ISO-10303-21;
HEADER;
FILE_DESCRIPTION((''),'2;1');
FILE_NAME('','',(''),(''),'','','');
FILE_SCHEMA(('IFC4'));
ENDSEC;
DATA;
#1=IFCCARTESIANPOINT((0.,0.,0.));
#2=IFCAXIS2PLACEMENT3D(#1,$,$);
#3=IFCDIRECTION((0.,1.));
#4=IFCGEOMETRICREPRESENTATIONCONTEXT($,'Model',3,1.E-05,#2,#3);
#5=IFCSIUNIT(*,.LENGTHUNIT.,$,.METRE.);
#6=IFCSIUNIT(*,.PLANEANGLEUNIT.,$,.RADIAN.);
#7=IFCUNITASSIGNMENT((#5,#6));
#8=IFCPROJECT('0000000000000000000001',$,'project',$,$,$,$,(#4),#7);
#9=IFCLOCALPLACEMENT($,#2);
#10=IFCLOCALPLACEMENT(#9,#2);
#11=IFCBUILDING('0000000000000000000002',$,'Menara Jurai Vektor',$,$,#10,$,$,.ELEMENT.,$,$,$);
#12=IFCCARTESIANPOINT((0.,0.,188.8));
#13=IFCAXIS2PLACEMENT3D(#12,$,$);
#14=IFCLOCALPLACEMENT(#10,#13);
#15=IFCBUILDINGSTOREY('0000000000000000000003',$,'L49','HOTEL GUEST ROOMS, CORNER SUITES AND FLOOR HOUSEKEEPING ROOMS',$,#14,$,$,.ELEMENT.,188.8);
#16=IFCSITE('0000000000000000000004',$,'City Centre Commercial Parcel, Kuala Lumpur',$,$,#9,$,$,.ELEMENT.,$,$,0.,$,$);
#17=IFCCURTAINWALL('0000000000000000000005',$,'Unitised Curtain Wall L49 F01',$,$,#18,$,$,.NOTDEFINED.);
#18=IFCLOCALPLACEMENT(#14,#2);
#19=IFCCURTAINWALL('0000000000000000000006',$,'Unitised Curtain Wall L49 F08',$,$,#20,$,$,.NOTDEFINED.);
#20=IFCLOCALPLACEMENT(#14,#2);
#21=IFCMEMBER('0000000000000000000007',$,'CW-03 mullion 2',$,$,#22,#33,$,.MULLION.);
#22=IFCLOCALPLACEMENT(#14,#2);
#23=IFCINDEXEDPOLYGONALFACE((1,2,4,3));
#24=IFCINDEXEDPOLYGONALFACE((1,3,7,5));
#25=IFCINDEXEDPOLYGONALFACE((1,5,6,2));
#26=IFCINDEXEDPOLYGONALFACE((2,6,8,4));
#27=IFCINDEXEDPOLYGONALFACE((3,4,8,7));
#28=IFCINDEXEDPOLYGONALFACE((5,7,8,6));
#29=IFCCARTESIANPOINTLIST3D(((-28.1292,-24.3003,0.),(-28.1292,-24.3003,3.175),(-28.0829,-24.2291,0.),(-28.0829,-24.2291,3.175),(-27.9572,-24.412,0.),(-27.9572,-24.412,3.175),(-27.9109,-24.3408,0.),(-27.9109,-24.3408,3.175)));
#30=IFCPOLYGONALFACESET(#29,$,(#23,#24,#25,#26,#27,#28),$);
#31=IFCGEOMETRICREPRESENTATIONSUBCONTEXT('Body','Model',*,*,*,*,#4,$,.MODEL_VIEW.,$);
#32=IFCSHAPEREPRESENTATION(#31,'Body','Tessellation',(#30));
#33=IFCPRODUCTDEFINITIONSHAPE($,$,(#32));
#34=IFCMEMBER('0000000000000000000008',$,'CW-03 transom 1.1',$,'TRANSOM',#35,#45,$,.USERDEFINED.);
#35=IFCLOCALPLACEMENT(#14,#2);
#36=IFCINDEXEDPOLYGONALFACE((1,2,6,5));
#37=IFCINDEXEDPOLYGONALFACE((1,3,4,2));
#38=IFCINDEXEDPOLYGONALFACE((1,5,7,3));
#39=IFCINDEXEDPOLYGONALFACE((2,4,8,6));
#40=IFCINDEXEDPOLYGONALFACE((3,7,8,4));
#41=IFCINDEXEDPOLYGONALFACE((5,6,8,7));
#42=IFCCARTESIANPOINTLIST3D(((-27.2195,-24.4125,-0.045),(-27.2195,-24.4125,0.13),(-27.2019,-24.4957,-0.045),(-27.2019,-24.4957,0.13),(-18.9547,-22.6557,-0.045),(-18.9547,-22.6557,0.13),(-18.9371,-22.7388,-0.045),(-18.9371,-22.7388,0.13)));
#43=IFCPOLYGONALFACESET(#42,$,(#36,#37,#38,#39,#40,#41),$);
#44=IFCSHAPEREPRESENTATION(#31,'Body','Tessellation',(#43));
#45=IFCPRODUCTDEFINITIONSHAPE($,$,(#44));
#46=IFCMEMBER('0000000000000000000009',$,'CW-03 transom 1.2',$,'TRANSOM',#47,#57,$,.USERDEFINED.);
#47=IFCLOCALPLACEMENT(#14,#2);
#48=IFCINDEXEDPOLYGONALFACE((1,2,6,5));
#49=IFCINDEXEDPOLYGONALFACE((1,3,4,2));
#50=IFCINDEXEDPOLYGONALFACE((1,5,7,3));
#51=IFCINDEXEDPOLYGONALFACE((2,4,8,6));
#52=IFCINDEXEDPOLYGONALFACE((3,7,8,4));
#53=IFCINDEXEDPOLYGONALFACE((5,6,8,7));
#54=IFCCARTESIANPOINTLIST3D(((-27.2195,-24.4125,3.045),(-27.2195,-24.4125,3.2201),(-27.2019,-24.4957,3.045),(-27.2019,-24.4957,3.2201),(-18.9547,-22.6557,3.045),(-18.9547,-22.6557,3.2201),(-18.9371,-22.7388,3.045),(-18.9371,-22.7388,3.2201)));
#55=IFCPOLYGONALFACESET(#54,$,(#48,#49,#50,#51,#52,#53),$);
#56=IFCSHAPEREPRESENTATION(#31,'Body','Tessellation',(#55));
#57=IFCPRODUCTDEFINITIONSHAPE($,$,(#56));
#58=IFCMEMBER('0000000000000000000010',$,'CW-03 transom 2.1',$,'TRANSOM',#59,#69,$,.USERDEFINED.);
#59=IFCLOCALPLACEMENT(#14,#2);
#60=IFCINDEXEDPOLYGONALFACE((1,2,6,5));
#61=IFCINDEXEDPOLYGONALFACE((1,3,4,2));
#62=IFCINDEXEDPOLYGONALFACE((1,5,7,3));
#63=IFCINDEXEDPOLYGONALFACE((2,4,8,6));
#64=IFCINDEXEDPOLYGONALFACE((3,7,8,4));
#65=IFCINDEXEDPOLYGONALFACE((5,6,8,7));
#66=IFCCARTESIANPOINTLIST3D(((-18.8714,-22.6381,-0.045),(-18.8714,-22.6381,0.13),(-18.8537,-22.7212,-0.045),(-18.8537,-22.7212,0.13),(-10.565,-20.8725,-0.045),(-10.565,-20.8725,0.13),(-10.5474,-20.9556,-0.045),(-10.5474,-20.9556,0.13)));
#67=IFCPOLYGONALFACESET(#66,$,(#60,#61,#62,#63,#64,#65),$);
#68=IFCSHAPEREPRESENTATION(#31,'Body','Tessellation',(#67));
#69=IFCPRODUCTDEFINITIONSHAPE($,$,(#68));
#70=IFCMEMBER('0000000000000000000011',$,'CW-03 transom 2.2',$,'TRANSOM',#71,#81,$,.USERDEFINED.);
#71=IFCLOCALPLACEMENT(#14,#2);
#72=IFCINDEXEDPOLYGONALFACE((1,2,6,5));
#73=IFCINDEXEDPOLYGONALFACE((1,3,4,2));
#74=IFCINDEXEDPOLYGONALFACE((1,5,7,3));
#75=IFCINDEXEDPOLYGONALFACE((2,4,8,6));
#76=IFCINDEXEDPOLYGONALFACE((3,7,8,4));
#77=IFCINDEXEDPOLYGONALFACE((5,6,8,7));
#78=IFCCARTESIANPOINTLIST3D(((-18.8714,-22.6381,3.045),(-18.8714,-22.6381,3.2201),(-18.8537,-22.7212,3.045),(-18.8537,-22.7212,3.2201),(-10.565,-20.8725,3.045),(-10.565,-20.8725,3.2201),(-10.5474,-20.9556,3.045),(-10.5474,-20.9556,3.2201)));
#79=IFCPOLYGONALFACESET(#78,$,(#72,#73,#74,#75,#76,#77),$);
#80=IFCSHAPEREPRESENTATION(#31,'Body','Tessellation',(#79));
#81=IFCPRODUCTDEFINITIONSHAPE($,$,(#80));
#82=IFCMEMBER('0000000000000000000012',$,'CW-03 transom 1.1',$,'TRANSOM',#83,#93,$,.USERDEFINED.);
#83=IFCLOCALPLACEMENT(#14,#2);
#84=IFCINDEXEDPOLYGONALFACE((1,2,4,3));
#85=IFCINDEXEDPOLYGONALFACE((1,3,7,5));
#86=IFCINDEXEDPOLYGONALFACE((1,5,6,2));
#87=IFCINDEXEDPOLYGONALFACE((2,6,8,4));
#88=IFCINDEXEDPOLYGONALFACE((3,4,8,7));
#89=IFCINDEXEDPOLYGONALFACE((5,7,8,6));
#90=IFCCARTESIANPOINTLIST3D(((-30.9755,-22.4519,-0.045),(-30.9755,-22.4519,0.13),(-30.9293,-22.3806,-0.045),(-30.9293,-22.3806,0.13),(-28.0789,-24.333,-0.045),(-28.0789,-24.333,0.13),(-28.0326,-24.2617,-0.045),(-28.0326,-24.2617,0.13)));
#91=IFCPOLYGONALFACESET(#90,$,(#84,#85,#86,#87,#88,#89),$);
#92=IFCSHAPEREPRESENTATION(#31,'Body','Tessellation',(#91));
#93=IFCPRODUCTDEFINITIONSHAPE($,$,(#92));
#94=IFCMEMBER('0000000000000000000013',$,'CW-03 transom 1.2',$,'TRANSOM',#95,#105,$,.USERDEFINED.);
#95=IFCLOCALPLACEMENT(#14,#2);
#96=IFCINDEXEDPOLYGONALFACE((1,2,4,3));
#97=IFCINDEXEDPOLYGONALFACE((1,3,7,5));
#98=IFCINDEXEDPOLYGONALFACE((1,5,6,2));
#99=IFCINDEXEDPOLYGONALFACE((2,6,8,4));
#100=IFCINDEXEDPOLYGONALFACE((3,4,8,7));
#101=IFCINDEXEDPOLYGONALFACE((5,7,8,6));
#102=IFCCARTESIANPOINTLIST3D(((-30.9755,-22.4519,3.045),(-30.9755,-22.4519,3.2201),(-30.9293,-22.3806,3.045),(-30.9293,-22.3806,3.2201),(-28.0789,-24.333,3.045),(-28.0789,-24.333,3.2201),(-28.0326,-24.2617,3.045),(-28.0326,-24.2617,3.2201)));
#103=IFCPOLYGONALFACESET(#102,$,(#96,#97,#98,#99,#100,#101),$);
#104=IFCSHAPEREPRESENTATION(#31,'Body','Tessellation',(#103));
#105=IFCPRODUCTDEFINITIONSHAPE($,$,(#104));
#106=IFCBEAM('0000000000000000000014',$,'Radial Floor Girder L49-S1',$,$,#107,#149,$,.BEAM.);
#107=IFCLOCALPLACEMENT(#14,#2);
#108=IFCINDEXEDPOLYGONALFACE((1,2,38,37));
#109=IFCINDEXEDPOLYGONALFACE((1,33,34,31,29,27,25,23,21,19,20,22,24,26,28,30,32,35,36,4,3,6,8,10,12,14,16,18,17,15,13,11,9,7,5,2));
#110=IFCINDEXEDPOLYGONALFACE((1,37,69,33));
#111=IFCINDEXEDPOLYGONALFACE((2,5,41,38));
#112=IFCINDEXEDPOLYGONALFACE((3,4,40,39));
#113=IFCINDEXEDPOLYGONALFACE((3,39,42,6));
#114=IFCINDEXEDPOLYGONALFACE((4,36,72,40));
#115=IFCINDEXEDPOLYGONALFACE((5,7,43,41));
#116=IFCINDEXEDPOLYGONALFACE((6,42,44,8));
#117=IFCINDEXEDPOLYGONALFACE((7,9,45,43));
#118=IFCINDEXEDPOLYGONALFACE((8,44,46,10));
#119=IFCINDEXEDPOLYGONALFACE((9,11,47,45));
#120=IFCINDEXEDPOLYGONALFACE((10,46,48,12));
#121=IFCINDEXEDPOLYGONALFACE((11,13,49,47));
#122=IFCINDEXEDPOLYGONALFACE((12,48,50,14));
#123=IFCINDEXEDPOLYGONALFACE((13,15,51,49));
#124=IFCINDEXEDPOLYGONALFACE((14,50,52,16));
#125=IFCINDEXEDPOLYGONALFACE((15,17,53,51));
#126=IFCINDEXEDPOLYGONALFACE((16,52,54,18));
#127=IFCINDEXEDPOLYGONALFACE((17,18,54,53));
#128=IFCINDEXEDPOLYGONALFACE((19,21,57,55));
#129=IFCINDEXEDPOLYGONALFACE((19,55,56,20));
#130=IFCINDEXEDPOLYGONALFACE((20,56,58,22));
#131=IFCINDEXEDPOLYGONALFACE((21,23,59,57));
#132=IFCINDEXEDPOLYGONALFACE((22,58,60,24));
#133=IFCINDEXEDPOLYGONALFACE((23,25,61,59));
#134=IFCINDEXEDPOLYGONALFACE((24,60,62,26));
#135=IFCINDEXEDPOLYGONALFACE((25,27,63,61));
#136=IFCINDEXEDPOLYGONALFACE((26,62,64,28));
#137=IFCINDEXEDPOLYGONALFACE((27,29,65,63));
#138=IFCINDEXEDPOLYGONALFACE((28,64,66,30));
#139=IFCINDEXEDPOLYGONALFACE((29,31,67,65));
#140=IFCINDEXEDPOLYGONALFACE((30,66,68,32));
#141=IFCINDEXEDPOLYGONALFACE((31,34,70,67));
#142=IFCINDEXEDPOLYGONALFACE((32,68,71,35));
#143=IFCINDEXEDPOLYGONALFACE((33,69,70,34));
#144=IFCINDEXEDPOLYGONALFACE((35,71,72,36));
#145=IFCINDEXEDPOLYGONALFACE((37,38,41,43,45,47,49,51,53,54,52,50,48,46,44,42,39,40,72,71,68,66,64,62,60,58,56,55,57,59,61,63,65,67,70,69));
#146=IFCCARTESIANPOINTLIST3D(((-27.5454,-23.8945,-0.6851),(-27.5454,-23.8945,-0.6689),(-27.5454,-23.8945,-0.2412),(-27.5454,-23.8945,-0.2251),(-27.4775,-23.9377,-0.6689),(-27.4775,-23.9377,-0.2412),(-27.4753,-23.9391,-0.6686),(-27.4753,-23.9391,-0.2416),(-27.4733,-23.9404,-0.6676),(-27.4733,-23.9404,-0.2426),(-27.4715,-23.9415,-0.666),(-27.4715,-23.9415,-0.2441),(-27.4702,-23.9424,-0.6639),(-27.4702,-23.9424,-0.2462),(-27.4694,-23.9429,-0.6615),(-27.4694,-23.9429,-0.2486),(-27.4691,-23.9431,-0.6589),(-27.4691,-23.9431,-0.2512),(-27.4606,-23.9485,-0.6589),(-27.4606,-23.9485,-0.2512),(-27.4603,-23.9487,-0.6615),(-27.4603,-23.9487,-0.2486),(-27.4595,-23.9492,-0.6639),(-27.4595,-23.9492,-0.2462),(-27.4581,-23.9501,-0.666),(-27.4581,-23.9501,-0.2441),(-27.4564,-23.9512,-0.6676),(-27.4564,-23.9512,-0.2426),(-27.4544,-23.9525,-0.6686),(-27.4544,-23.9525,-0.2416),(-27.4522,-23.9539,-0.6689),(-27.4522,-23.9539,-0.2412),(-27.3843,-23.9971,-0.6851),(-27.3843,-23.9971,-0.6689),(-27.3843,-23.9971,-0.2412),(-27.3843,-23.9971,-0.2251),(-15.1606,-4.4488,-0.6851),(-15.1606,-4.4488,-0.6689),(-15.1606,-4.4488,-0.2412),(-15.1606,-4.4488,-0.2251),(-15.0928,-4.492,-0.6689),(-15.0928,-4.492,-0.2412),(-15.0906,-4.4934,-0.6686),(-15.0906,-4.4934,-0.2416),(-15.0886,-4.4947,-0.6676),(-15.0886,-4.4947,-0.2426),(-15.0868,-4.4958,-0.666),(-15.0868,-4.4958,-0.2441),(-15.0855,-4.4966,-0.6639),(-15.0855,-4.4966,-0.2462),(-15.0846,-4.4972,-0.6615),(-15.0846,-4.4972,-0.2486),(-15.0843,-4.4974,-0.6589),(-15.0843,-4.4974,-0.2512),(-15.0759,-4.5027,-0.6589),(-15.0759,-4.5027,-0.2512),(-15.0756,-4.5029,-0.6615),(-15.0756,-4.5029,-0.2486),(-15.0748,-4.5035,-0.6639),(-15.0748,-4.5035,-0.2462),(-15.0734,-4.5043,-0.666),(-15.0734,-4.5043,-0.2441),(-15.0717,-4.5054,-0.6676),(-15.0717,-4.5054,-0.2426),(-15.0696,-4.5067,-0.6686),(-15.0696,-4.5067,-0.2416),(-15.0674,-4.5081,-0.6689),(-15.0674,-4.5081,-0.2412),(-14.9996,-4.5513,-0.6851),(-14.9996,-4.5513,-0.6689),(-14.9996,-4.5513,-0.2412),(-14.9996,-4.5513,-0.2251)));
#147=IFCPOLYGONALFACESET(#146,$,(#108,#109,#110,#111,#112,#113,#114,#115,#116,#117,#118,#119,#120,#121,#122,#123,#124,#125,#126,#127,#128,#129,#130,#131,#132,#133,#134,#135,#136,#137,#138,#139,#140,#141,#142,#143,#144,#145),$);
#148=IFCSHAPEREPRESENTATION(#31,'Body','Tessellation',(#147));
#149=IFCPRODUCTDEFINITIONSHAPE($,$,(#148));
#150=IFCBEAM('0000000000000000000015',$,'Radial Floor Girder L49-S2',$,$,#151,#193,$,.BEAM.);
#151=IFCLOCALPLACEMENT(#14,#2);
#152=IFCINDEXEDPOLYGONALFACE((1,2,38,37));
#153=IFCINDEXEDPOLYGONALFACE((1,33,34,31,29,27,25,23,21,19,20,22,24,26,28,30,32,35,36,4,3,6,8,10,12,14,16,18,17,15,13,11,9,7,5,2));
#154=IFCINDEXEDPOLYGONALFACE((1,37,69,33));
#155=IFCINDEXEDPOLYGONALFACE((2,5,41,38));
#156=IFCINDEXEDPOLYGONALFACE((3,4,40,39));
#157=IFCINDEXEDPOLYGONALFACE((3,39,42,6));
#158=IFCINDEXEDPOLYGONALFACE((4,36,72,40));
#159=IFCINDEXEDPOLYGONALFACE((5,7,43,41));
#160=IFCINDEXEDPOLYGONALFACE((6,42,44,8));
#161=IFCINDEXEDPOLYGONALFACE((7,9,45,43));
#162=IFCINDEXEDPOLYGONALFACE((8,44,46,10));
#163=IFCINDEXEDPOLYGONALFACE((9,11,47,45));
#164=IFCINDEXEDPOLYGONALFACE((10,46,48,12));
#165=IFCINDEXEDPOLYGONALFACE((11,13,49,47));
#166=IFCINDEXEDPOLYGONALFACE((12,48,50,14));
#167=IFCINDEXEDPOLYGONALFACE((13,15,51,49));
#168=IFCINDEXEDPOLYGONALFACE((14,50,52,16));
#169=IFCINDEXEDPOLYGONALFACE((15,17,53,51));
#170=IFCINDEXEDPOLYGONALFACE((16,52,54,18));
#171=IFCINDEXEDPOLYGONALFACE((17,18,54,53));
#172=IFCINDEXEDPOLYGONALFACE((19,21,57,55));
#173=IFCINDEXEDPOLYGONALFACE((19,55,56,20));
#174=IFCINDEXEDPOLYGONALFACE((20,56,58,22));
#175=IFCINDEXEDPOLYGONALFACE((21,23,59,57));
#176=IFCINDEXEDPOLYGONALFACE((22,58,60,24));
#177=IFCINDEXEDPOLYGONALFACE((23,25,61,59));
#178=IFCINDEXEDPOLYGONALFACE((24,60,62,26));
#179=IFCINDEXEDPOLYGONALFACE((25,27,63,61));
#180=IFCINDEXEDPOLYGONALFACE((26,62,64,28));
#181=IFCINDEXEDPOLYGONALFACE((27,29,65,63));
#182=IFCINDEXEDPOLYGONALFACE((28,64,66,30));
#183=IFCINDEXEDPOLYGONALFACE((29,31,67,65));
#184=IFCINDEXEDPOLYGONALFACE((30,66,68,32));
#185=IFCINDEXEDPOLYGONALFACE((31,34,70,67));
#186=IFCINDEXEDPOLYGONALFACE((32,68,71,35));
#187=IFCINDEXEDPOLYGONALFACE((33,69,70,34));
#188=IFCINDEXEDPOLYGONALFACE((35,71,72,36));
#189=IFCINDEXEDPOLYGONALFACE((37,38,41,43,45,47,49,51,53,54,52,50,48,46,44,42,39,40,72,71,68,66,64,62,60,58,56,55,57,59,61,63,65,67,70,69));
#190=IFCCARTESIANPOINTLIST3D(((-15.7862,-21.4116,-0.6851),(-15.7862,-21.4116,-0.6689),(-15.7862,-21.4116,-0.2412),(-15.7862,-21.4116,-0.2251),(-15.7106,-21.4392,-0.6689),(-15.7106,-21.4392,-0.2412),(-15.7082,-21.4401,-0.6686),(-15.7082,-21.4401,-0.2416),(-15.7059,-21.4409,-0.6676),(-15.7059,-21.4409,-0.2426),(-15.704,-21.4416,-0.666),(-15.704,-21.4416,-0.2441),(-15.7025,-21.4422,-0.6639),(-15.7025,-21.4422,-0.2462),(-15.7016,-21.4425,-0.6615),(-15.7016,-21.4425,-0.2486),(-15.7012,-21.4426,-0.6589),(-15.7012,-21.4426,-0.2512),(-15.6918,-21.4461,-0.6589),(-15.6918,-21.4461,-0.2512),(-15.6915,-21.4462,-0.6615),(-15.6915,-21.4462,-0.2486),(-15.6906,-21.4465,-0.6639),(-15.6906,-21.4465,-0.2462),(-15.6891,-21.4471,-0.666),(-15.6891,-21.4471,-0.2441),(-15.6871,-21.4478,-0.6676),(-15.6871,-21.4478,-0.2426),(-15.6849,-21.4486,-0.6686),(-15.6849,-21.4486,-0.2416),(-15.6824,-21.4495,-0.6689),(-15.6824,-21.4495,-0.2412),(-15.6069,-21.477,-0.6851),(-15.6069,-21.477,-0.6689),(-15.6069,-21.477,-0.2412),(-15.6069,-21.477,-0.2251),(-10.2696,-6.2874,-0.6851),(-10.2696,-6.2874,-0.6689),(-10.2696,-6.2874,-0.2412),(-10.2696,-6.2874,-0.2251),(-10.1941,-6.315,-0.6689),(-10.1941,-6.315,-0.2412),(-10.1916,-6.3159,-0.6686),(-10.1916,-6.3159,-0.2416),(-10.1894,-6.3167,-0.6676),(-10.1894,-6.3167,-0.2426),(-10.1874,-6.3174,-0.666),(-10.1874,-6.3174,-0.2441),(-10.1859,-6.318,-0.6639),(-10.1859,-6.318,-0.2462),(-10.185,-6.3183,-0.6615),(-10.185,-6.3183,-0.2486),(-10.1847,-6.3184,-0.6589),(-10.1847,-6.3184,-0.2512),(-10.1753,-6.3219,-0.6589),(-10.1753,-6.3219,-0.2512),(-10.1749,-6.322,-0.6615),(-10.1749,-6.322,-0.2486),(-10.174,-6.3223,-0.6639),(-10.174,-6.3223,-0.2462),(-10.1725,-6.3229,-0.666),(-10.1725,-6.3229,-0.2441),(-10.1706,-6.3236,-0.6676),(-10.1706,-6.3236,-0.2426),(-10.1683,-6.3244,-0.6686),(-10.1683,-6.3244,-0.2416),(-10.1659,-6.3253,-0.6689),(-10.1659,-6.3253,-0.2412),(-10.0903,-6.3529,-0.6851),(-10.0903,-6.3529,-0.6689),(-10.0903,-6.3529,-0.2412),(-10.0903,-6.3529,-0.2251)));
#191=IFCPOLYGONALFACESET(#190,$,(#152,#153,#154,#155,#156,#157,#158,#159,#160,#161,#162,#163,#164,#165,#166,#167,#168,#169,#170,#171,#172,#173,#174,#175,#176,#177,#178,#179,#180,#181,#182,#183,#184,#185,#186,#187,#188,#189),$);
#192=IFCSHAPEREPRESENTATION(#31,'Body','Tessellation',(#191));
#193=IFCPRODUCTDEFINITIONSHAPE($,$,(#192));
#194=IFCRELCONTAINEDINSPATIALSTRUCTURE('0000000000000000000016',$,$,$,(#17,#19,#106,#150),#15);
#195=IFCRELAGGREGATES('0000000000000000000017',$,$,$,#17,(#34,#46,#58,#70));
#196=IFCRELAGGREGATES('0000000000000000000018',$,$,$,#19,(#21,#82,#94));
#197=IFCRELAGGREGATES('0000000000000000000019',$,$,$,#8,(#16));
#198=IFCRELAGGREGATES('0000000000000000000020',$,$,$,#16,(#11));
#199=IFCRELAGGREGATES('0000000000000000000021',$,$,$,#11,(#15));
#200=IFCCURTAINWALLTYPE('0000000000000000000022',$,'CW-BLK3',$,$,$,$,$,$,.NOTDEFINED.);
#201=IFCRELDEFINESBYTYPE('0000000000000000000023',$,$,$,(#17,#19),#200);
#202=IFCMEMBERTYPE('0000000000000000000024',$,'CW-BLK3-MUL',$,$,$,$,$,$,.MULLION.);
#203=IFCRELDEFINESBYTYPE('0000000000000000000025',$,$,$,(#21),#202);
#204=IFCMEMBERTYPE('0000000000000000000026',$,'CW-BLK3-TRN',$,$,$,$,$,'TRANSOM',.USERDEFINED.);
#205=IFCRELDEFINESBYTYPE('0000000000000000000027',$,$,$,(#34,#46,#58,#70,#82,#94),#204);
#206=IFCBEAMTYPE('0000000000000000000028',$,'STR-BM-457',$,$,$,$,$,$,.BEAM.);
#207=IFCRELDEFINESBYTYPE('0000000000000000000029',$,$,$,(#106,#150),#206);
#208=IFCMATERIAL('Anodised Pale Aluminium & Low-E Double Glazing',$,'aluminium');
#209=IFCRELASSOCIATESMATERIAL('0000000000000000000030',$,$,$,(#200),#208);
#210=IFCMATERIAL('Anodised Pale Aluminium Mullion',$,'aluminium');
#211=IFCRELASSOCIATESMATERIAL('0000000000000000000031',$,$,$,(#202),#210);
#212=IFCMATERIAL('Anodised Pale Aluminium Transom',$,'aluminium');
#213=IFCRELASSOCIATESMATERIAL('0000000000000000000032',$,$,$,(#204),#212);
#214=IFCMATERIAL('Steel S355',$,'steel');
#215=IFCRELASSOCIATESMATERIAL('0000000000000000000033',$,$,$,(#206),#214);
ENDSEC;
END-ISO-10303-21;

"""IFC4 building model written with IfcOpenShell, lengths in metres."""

from ifc_helpers import new_model, si_unit, direction, frame, origin, origin_2d, place, context, subcontext, project, spatial, rectangle, i_section, extrude, material, material_profile, profile_set, type_object, element, aggregate, save


model = new_model("IFC4")

# Units and contexts
model_context = context("Model", 3, precision=1e-05, world=origin(), true_north=direction((0.0, 1.0)))
body_context = subcontext(model_context, "Body", "Model", "MODEL_VIEW")
ifc_project = project(units=[si_unit("LENGTHUNIT", "METRE"), si_unit("PLANEANGLEUNIT", "RADIAN")], contexts=[model_context])

# Site, building, storey
site_placement = place(None, origin())
site = spatial("IfcSite", under=ifc_project, at=site_placement, Name="City Centre Commercial Parcel, Kuala Lumpur", CompositionType="ELEMENT", RefElevation=0.0)
building_placement = place(site_placement, origin())
building = spatial("IfcBuilding", under=site, at=building_placement, Name="Menara Jurai Vektor", CompositionType="ELEMENT")
storey_placement = place(building_placement, frame((0.0, 0.0, 188.8)))
storey = spatial("IfcBuildingStorey", under=building, at=storey_placement, Name="L49", Description="HOTEL GUEST ROOMS, CORNER SUITES AND FLOOR HOUSEKEEPING ROOMS", CompositionType="ELEMENT", Elevation=188.8)

# Curtain wall
ifc_material_1 = material(Name="Anodised Pale Aluminium & Low-E Double Glazing", Category="aluminium")
curtain_wall_type = type_object("IfcCurtainWallType", Name="CW-BLK3", PredefinedType="NOTDEFINED", material=ifc_material_1)
curtain_wall_1_placement = place(storey_placement, origin())
curtain_wall_1 = element("IfcCurtainWall", 1, at=curtain_wall_1_placement, inside=storey, type_object=curtain_wall_type, Name="Unitised Curtain Wall L49 F01", PredefinedType="NOTDEFINED")
ifc_material_2 = material(Name="Anodised Pale Aluminium Mullion", Category="aluminium")
ifc_material_profile_1 = material_profile(ifc_material_2, rectangle(XDim=0.085, YDim=0.2051, at=origin_2d()), Name="ALU MUL 85x205")
ifc_profile_set_1 = profile_set([ifc_material_profile_1], Name="Anodised Pale Aluminium Mullion")
member_type_1 = type_object("IfcMemberType", Name="CW-BLK3-MUL", PredefinedType="MULLION", material=ifc_profile_set_1)

# Curtain wall, member
curtain_wall_2_placement = place(storey_placement, origin())
curtain_wall_2 = element("IfcCurtainWall", 2, at=curtain_wall_2_placement, inside=storey, type_object=curtain_wall_type, Name="Unitised Curtain Wall L49 F08", PredefinedType="NOTDEFINED")
member_1_placement = place(storey_placement, frame((-28.02, -24.3206, 0.0), z_axis=(0.0, 0.0, 1.0), x_axis=(0.544618, 0.838684, 0.0)))
member_1 = element("IfcMember", 3, at=member_1_placement, type_object=member_type_1, Name="CW-03 mullion 2", PredefinedType="MULLION", context=body_context, shape_type="SweptSolid", body=[
    extrude(rectangle(XDim=0.085, YDim=0.2051, at=origin_2d()), origin(), (0.0, 0.0, 1.0), 3.175),
])

# Members
ifc_material_3 = material(Name="Anodised Pale Aluminium Transom", Category="aluminium")
ifc_material_profile_2 = material_profile(ifc_material_3, rectangle(XDim=0.085, YDim=0.175, at=origin_2d()), Name="ALU TRN 85x175")
ifc_profile_set_2 = profile_set([ifc_material_profile_2], Name="Anodised Pale Aluminium Transom")
member_type_2 = type_object("IfcMemberType", Name="CW-BLK3-TRN", ElementType="TRANSOM", PredefinedType="USERDEFINED", material=ifc_profile_set_2)
member_2_placement = place(storey_placement, frame((-27.2107, -24.4541, 0.0425), z_axis=(0.978146, 0.207921, 0.0), x_axis=(-0.207921, 0.978146, 0.0)))
member_2 = element("IfcMember", 4, at=member_2_placement, type_object=member_type_2, Name="CW-03 transom 1.1", ObjectType="TRANSOM", PredefinedType="USERDEFINED", context=body_context, shape_type="SweptSolid", body=[
    extrude(rectangle(XDim=0.085, YDim=0.175, at=origin_2d()), origin(), (0.0, 0.0, 1.0), 8.4495),
])
member_3_placement = place(storey_placement, frame((-27.2107, -24.4541, 3.1326), z_axis=(0.978146, 0.207921, 0.0), x_axis=(-0.207921, 0.978146, 0.0)))
member_3 = element("IfcMember", 5, at=member_3_placement, type_object=member_type_2, Name="CW-03 transom 1.2", ObjectType="TRANSOM", PredefinedType="USERDEFINED", context=body_context, shape_type="SweptSolid", body=[
    extrude(rectangle(XDim=0.085, YDim=0.175, at=origin_2d()), origin(), (0.0, 0.0, 1.0), 8.4495),
])
member_4_placement = place(storey_placement, frame((-18.8625, -22.6797, 0.0425), z_axis=(0.978147, 0.207917, 0.0), x_axis=(-0.207917, 0.978147, 0.0)))
member_4 = element("IfcMember", 6, at=member_4_placement, type_object=member_type_2, Name="CW-03 transom 2.1", ObjectType="TRANSOM", PredefinedType="USERDEFINED", context=body_context, shape_type="SweptSolid", body=[
    extrude(rectangle(XDim=0.085, YDim=0.175, at=origin_2d()), origin(), (0.0, 0.0, 1.0), 8.4919),
])
member_5_placement = place(storey_placement, frame((-18.8625, -22.6797, 3.1326), z_axis=(0.978147, 0.207917, 0.0), x_axis=(-0.207917, 0.978147, 0.0)))
member_5 = element("IfcMember", 7, at=member_5_placement, type_object=member_type_2, Name="CW-03 transom 2.2", ObjectType="TRANSOM", PredefinedType="USERDEFINED", context=body_context, shape_type="SweptSolid", body=[
    extrude(rectangle(XDim=0.085, YDim=0.175, at=origin_2d()), origin(), (0.0, 0.0, 1.0), 8.4919),
])
member_6_placement = place(storey_placement, frame((-30.9524, -22.4163, 0.0425), z_axis=(0.838678, -0.544628, 0.0), x_axis=(0.544628, 0.838678, 0.0)))
member_6 = element("IfcMember", 8, at=member_6_placement, type_object=member_type_2, Name="CW-03 transom 1.1", ObjectType="TRANSOM", PredefinedType="USERDEFINED", context=body_context, shape_type="SweptSolid", body=[
    extrude(rectangle(XDim=0.085, YDim=0.175, at=origin_2d()), origin(), (0.0, 0.0, 1.0), 3.4539),
])
member_7_placement = place(storey_placement, frame((-30.9524, -22.4163, 3.1326), z_axis=(0.838678, -0.544628, 0.0), x_axis=(0.544628, 0.838678, 0.0)))
member_7 = element("IfcMember", 9, at=member_7_placement, type_object=member_type_2, Name="CW-03 transom 1.2", ObjectType="TRANSOM", PredefinedType="USERDEFINED", context=body_context, shape_type="SweptSolid", body=[
    extrude(rectangle(XDim=0.085, YDim=0.175, at=origin_2d()), origin(), (0.0, 0.0, 1.0), 3.4539),
])

# Beams
ifc_material_4 = material(Name="Steel S355", Category="steel")
ifc_material_profile_3 = material_profile(ifc_material_4, i_section(OverallWidth=0.1909, OverallDepth=0.46, WebThickness=0.01, FlangeThickness=0.0161, FilletRadius=0.01, at=origin_2d()), Name="UKB 457x191x82")
ifc_profile_set_3 = profile_set([ifc_material_profile_3], Name="Steel S355")
beam_type_1 = type_object("IfcBeamType", Name="STR-BM-457", PredefinedType="BEAM", material=ifc_profile_set_3)
beam_1_placement = place(storey_placement, frame((-27.4648, -23.9458, -0.4551), z_axis=(0.537189, 0.843462, 0.0), x_axis=(-0.843462, 0.537189, 0.0)))
element("IfcBeam", 10, at=beam_1_placement, inside=storey, type_object=beam_type_1, Name="Radial Floor Girder L49-S1", PredefinedType="BEAM", context=body_context, shape_type="SweptSolid", body=[
    extrude(i_section(OverallWidth=0.1909, OverallDepth=0.46, WebThickness=0.01, FlangeThickness=0.0161, FilletRadius=0.01, at=origin_2d()), origin(), (0.0, 0.0, 1.0), 23.0547),
])
beam_2_placement = place(storey_placement, frame((-15.6965, -21.4443, -0.4551), z_axis=(0.342668, 0.939456, 0.0), x_axis=(-0.939456, 0.342668, 0.0)))
element("IfcBeam", 11, at=beam_2_placement, inside=storey, type_object=beam_type_1, Name="Radial Floor Girder L49-S2", PredefinedType="BEAM", context=body_context, shape_type="SweptSolid", body=[
    extrude(i_section(OverallWidth=0.1909, OverallDepth=0.46, WebThickness=0.01, FlangeThickness=0.0161, FilletRadius=0.01, at=origin_2d()), origin(), (0.0, 0.0, 1.0), 16.0989),
])

aggregate(curtain_wall_1, [member_2, member_3, member_4, member_5])
aggregate(curtain_wall_2, [member_1, member_6, member_7])

save(model, "model.ifc")
